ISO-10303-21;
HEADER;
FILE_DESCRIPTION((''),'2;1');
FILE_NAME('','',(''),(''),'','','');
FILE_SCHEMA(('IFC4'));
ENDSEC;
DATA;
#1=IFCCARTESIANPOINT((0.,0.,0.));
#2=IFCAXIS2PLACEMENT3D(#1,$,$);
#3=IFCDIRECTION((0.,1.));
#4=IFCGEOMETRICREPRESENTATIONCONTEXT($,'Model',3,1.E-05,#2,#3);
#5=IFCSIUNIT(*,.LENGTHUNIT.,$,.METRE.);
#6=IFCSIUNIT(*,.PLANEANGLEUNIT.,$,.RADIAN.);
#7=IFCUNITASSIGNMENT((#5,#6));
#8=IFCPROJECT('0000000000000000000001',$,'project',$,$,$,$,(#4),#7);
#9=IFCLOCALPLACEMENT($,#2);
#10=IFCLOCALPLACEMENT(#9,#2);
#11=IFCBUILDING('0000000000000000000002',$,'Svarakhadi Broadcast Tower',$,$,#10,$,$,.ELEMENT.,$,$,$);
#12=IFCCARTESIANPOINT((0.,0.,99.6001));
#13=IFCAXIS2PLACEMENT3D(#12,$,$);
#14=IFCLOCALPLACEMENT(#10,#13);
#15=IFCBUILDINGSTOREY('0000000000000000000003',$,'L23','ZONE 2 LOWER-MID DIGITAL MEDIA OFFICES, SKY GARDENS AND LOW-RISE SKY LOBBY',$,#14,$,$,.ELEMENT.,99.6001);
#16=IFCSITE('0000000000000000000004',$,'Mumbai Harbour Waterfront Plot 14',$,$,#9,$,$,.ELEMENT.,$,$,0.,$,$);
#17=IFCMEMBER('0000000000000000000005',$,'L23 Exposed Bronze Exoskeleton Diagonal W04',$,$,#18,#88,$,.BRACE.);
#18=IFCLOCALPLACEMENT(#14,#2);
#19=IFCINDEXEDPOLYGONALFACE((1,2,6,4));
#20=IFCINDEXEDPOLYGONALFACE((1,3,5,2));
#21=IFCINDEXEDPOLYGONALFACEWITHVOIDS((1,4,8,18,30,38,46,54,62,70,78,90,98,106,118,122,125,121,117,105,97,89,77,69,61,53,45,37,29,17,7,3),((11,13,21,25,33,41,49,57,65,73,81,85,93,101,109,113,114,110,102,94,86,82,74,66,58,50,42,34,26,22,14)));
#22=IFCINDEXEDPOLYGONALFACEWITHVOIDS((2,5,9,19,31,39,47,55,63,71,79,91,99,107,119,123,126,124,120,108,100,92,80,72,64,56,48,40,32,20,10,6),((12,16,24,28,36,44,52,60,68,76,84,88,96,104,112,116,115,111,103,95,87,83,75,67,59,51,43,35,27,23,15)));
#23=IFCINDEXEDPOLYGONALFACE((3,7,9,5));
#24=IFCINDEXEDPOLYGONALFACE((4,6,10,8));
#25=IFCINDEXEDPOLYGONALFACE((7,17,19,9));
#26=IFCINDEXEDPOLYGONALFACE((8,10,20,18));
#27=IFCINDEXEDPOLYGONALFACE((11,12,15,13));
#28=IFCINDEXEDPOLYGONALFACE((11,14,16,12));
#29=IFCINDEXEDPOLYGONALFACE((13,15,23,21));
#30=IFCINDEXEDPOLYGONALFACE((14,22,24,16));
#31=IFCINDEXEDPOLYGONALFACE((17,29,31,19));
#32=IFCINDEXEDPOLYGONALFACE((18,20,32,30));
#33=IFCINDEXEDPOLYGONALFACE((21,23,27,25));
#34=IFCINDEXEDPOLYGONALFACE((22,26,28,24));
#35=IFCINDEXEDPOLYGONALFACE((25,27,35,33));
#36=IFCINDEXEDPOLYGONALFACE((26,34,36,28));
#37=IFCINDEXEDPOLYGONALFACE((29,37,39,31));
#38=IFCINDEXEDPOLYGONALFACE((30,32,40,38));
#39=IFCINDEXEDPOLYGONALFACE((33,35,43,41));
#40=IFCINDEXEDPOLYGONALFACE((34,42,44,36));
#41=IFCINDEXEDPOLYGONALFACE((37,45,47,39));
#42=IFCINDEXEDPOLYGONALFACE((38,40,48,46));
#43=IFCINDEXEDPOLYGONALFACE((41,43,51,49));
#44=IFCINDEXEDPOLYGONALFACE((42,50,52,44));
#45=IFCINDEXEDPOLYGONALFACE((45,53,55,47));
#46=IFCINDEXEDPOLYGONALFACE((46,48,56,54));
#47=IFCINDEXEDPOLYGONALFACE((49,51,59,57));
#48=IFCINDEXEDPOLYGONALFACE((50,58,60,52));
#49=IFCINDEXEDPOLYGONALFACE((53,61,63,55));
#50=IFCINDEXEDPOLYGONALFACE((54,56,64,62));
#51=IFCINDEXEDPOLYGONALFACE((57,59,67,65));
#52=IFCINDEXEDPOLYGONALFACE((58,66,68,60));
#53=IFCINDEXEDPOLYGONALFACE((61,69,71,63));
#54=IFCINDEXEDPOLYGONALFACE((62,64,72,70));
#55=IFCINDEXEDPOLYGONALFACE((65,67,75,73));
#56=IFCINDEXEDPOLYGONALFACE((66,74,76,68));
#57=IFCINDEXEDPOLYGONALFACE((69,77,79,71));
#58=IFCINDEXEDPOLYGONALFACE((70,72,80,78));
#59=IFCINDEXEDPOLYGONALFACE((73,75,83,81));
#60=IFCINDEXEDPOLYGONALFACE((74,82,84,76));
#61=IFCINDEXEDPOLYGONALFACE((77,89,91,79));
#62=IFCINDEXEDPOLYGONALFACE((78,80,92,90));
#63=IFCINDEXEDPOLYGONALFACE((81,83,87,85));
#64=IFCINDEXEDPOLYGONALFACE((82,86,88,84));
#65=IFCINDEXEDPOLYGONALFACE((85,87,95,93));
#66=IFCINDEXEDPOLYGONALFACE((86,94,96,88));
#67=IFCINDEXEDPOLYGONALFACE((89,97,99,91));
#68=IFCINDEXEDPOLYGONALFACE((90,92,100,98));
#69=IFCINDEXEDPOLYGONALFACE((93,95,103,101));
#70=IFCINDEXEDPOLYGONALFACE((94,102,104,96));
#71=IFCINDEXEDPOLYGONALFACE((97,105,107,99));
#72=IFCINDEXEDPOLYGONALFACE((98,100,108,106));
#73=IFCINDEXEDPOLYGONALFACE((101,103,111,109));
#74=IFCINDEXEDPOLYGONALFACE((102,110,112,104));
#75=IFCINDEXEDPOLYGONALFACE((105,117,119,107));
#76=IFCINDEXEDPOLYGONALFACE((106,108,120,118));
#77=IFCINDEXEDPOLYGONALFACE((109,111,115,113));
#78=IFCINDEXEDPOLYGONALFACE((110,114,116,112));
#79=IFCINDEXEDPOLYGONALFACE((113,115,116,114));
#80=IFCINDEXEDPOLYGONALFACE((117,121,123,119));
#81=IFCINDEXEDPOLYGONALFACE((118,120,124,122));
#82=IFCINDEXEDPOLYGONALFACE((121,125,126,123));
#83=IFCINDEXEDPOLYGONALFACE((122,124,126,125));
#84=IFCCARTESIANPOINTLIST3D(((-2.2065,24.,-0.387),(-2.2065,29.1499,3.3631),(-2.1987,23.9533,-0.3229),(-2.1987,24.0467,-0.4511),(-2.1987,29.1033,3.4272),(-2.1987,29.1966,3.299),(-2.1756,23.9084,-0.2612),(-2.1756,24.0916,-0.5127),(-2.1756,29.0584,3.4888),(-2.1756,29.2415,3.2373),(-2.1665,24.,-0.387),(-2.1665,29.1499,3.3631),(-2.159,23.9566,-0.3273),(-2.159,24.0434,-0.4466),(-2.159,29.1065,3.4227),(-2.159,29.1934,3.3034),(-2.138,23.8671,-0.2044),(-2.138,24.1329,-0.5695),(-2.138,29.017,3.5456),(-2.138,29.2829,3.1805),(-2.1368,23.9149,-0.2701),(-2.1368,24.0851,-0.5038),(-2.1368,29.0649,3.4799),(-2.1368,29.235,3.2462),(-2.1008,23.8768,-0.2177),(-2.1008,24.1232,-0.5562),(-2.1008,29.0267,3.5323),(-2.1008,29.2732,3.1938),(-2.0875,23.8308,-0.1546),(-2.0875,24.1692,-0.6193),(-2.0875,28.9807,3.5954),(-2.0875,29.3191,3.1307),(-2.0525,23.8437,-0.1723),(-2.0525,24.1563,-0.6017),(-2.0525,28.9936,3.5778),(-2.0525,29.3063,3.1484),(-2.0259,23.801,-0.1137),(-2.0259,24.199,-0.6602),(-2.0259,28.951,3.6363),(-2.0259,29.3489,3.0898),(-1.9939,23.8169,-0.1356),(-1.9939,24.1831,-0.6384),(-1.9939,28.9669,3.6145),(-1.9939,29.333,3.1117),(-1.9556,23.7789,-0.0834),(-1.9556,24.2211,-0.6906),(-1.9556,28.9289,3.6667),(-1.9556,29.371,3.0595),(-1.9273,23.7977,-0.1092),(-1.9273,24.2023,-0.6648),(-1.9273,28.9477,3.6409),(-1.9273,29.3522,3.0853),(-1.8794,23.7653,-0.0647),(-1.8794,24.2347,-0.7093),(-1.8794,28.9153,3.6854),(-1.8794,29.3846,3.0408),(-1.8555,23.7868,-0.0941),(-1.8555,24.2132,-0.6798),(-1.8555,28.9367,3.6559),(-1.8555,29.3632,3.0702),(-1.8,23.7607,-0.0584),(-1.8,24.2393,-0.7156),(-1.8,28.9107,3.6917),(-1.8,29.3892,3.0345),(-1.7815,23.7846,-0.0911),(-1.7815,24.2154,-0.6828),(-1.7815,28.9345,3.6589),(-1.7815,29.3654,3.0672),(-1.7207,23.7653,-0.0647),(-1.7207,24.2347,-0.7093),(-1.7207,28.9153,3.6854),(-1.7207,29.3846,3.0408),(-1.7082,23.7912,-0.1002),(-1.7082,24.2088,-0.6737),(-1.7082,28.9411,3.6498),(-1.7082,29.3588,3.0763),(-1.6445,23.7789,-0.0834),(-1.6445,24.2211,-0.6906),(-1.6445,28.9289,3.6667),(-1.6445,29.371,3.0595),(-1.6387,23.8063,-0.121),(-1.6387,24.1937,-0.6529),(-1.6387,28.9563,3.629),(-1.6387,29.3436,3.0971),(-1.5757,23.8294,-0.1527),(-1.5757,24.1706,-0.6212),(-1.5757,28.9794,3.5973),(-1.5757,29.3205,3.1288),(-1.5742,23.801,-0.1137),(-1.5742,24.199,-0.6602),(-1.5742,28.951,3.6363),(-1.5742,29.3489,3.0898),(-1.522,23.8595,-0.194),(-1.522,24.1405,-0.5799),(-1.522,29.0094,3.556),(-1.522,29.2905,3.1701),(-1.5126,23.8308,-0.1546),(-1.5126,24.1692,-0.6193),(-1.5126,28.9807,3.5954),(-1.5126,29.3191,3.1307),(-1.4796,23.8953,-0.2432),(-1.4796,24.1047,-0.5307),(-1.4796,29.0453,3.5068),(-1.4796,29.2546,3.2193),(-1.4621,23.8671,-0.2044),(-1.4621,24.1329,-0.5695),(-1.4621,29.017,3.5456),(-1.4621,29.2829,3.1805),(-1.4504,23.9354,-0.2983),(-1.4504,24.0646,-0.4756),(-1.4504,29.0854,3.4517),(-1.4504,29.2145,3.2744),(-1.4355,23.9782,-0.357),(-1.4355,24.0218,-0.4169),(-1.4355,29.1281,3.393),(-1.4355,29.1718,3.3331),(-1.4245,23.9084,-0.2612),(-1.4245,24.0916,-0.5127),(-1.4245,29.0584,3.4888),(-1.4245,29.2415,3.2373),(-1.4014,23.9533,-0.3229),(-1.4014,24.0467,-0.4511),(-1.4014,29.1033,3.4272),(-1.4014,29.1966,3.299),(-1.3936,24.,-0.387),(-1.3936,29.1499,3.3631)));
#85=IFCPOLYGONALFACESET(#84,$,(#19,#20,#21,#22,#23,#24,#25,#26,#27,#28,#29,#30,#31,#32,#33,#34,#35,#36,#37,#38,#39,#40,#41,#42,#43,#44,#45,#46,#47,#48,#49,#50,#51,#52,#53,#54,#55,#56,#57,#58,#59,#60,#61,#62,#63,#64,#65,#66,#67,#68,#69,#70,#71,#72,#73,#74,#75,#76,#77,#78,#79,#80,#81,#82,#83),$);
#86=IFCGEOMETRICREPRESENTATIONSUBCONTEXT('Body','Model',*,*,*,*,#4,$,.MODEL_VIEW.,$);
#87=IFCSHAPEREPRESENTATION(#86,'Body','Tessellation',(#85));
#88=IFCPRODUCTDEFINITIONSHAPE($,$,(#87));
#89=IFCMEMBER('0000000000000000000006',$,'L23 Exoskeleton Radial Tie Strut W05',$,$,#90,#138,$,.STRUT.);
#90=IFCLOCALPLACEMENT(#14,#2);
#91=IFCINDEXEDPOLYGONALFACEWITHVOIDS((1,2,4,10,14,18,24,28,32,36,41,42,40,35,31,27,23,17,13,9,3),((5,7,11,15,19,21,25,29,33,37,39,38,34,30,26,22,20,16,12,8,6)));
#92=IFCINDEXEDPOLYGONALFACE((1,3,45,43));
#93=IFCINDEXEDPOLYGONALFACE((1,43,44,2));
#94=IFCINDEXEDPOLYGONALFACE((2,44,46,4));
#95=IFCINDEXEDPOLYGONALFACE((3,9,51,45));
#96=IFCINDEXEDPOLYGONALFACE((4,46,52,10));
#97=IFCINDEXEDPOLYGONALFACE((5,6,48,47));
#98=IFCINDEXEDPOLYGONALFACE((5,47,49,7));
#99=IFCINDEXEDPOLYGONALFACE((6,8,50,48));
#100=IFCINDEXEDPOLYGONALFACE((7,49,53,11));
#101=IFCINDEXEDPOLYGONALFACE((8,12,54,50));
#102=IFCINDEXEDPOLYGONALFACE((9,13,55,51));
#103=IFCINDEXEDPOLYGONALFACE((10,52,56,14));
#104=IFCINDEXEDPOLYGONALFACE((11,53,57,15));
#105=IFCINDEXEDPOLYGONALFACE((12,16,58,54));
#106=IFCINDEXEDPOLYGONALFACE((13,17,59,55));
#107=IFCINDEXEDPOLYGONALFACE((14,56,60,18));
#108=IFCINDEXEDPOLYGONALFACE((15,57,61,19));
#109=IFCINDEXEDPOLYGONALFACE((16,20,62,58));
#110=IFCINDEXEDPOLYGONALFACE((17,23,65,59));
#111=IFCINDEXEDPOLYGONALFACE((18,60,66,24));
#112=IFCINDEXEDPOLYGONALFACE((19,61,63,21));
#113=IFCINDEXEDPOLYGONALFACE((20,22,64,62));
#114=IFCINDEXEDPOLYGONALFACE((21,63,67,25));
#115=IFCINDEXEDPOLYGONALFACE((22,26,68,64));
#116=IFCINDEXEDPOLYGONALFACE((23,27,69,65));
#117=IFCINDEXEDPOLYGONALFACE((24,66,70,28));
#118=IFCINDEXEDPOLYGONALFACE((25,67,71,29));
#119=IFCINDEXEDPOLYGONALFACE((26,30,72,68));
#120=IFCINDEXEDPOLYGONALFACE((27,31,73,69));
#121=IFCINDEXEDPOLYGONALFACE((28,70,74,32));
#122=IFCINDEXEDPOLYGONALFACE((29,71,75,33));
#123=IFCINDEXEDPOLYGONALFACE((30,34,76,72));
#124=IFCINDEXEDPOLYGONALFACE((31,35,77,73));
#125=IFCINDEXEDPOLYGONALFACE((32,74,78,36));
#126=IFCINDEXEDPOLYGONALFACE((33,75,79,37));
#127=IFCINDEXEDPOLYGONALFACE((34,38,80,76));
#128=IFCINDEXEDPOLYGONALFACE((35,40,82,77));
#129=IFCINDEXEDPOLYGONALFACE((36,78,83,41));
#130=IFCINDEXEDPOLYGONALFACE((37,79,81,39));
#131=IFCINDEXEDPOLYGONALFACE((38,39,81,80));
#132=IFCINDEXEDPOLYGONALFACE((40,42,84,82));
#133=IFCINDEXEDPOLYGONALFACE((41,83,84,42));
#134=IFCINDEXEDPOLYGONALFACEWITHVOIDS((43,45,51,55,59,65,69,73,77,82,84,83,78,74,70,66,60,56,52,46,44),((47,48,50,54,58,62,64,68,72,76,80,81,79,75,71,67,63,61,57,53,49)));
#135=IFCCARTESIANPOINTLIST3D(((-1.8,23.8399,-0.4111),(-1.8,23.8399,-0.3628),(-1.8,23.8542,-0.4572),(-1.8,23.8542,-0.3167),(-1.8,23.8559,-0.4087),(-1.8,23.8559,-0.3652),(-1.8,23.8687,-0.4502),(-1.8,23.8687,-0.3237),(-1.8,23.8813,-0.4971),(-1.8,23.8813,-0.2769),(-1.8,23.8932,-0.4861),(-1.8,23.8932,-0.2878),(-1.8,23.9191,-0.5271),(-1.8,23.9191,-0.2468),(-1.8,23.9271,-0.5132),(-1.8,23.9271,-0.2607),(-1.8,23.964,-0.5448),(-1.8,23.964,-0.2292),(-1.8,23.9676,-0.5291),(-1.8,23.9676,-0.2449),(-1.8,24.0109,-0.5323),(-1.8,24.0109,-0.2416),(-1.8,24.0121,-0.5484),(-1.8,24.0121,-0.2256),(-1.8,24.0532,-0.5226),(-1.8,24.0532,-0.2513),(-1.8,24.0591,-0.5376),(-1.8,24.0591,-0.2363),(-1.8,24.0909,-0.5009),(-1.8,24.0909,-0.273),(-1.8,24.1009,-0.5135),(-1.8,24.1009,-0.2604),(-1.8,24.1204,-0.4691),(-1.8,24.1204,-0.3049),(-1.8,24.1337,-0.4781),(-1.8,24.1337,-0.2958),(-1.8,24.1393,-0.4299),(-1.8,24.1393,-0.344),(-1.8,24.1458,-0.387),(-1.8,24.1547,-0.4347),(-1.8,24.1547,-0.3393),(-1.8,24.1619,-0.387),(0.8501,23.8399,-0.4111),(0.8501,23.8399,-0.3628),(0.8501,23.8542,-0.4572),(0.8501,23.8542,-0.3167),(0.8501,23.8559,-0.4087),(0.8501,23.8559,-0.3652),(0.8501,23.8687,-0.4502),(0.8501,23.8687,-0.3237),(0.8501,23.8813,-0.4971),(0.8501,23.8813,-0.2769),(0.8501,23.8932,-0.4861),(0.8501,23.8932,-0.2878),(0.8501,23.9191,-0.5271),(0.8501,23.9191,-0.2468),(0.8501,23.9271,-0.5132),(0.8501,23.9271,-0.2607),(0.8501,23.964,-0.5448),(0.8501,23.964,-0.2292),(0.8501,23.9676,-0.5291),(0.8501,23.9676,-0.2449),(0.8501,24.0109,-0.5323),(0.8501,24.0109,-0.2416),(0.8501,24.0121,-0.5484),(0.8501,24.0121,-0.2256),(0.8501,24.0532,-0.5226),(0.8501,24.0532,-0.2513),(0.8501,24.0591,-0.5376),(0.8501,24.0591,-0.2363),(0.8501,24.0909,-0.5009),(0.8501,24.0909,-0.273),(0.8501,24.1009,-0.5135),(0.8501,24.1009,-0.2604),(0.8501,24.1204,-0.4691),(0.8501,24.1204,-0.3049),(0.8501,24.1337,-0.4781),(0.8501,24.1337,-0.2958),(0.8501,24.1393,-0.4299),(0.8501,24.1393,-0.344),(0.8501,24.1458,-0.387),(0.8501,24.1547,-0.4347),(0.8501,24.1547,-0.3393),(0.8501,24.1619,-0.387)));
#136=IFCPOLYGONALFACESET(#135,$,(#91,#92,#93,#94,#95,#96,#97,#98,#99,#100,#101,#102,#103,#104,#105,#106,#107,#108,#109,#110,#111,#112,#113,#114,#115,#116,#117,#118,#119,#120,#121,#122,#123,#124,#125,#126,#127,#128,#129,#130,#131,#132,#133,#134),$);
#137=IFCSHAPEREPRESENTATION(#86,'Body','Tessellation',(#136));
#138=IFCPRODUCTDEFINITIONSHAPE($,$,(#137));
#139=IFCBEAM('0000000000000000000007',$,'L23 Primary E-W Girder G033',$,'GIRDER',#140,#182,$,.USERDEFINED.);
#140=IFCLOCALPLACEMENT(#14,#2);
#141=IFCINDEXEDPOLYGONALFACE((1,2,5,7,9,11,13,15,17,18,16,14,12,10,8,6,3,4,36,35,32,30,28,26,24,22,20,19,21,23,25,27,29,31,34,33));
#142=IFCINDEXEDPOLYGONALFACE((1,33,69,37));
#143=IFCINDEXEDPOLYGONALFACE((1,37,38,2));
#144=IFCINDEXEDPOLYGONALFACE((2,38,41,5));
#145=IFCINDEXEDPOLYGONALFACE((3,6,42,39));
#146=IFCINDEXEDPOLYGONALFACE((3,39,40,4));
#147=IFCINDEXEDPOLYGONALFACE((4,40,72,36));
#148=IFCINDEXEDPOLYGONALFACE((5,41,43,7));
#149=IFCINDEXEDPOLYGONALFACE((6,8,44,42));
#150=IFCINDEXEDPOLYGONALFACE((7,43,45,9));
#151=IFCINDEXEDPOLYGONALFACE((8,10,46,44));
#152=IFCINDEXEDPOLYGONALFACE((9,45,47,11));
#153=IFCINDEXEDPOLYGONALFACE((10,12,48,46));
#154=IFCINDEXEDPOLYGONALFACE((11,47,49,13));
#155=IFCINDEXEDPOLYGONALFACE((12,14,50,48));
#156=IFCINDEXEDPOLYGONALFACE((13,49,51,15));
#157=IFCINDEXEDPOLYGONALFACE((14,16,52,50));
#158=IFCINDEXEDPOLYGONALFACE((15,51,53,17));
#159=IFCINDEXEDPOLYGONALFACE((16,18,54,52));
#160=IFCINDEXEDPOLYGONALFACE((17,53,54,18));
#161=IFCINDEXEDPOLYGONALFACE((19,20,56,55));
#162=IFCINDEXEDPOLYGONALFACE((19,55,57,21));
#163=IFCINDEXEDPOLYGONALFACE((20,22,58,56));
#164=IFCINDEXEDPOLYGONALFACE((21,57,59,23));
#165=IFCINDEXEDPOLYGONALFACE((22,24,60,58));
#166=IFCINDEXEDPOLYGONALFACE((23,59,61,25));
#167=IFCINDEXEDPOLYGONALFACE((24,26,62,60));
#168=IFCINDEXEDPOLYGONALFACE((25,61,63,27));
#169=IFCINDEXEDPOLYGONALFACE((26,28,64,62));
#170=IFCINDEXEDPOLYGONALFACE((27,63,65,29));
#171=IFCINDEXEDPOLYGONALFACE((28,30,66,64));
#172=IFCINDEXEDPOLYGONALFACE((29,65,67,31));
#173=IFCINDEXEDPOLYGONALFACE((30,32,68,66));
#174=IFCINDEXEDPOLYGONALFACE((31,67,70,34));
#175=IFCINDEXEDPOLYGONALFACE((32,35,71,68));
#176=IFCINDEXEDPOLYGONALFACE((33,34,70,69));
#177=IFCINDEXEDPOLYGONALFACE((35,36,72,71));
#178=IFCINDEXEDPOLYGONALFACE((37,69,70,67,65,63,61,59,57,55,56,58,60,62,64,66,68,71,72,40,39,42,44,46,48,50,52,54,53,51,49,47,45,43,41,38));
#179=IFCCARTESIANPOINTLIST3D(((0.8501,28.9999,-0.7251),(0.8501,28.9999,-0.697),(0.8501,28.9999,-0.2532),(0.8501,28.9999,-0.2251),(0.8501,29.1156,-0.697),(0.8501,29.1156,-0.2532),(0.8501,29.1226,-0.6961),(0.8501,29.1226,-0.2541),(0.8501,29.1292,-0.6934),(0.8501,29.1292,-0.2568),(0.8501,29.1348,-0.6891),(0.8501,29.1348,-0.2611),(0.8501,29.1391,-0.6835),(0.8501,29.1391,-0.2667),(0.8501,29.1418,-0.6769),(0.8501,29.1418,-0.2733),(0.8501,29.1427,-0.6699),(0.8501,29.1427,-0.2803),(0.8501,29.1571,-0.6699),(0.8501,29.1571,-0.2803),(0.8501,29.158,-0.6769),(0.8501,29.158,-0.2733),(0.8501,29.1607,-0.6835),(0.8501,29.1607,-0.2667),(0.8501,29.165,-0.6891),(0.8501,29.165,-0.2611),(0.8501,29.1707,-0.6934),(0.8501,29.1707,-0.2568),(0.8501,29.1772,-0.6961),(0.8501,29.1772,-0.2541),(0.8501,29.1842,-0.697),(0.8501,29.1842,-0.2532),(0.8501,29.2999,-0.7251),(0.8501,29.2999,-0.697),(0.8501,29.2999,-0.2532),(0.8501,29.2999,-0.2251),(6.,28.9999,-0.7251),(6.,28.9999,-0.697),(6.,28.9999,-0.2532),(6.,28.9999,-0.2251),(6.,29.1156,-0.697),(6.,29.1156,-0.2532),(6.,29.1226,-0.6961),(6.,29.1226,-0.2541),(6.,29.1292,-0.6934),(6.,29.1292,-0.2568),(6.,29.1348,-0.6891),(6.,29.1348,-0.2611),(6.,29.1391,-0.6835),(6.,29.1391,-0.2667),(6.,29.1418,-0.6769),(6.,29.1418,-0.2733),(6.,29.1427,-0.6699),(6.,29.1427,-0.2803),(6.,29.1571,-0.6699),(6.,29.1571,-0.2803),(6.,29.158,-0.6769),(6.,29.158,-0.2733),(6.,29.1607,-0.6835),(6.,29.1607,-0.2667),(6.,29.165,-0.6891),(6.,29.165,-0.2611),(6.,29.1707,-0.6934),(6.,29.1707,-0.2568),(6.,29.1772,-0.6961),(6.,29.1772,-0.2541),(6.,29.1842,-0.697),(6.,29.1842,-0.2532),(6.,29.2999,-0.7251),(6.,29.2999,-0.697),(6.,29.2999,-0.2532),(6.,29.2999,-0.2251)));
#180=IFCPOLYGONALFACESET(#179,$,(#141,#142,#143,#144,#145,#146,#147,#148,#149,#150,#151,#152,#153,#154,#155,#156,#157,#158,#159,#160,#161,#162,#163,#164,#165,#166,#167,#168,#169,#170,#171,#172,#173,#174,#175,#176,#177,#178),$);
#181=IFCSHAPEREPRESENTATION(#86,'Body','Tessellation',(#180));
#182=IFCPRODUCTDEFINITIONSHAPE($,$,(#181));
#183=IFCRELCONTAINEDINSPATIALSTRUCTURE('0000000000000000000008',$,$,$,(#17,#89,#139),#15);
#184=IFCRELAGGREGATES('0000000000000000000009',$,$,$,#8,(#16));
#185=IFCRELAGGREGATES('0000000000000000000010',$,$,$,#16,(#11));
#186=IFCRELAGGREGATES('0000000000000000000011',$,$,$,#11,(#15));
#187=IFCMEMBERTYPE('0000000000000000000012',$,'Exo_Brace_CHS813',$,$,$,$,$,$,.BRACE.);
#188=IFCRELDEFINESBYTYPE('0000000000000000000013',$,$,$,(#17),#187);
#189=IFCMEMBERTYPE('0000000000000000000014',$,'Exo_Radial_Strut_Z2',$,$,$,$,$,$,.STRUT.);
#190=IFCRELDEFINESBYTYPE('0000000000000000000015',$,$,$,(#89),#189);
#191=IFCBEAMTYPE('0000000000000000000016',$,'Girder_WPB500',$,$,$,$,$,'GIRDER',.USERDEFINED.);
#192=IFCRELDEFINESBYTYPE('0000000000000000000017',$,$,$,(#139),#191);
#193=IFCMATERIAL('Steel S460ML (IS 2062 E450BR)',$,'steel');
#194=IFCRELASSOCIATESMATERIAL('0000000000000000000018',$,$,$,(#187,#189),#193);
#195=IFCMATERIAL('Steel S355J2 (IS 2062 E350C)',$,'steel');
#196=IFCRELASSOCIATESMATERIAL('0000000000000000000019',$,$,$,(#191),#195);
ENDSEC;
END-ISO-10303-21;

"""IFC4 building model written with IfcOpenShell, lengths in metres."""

from ifc_helpers import new_model, si_unit, direction, frame, origin, origin_2d, place, context, subcontext, project, spatial, hollow_circle, i_section, extrude, material, material_profile, profile_set, type_object, element, save


model = new_model("IFC4")

# Units and contexts
model_context = context("Model", 3, precision=1e-05, world=origin(), true_north=direction((0.0, 1.0)))
body_context = subcontext(model_context, "Body", "Model", "MODEL_VIEW")
ifc_project = project(units=[si_unit("LENGTHUNIT", "METRE"), si_unit("PLANEANGLEUNIT", "RADIAN")], contexts=[model_context])

# Site, building, storey
site_placement = place(None, origin())
site = spatial("IfcSite", under=ifc_project, at=site_placement, Name="Mumbai Harbour Waterfront Plot 14", CompositionType="ELEMENT", RefElevation=0.0)
building_placement = place(site_placement, origin())
building = spatial("IfcBuilding", under=site, at=building_placement, Name="Svarakhadi Broadcast Tower", CompositionType="ELEMENT")
storey_placement = place(building_placement, frame((0.0, 0.0, 99.6001)))
storey = spatial("IfcBuildingStorey", under=building, at=storey_placement, Name="L23", Description="ZONE 2 LOWER-MID DIGITAL MEDIA OFFICES, SKY GARDENS AND LOW-RISE SKY LOBBY", CompositionType="ELEMENT", Elevation=99.6001)

# Shared definitions
ifc_material_1 = material(Name="Steel S460ML (IS 2062 E450BR)", Category="steel")

# Shared definitions
ifc_material_2 = material(Name="Steel S355J2 (IS 2062 E350C)", Category="steel")

# Members
ifc_material_profile_1 = material_profile(ifc_material_1, hollow_circle(Radius=0.4065, WallThickness=0.04, at=origin_2d()), Name="CHS 813x40")
ifc_profile_set_1 = profile_set([ifc_material_profile_1], Name="Steel S460ML (IS 2062 E450BR)")
member_type_1 = type_object("IfcMemberType", Name="Exo_Brace_CHS813", PredefinedType="BRACE", material=ifc_profile_set_1)
member_1_placement = place(storey_placement, frame((-1.8, 24.0, -0.387), z_axis=(0.0, 0.808391, 0.588646), x_axis=(-1.0, 0.0, 0.0)))
element("IfcMember", 1, at=member_1_placement, inside=storey, type_object=member_type_1, Name="L23 Exposed Bronze Exoskeleton Diagonal W04", PredefinedType="BRACE", context=body_context, shape_type="SweptSolid", body=[
    extrude(hollow_circle(Radius=0.4065, WallThickness=0.04, at=origin_2d()), origin(), (0.0, 0.0, 1.0), 6.3706),
])
ifc_material_profile_2 = material_profile(ifc_material_1, hollow_circle(Radius=0.1619, WallThickness=0.0161, at=origin_2d()), Name="CHS 323.9x16")
ifc_profile_set_2 = profile_set([ifc_material_profile_2], Name="Steel S460ML (IS 2062 E450BR)")
member_type_2 = type_object("IfcMemberType", Name="Exo_Radial_Strut_Z2", PredefinedType="STRUT", material=ifc_profile_set_2)
member_2_placement = place(storey_placement, frame((-1.8, 24.0, -0.387), z_axis=(1.0, 0.0, 0.0), x_axis=(0.0, 1.0, 0.0)))
element("IfcMember", 2, at=member_2_placement, inside=storey, type_object=member_type_2, Name="L23 Exoskeleton Radial Tie Strut W05", PredefinedType="STRUT", context=body_context, shape_type="SweptSolid", body=[
    extrude(hollow_circle(Radius=0.1619, WallThickness=0.0161, at=origin_2d()), origin(), (0.0, 0.0, 1.0), 2.6501),
])

# Beam
ifc_material_profile_3 = material_profile(ifc_material_2, i_section(OverallWidth=0.3, OverallDepth=0.5, WebThickness=0.0144, FlangeThickness=0.0281, FilletRadius=0.0271, at=origin_2d()), Name="WPB 500x300x187")
ifc_profile_set_3 = profile_set([ifc_material_profile_3], Name="Steel S355J2 (IS 2062 E350C)")
beam_type_1 = type_object("IfcBeamType", Name="Girder_WPB500", ElementType="GIRDER", PredefinedType="USERDEFINED", material=ifc_profile_set_3)
for number, where, z_axis, x_axis, name in (
    (3, (0.8501, 29.1499, -0.4751), (1.0, 0.0, 0.0), (0.0, 1.0, 0.0), "L23 Primary E-W Girder G033"),
):
    element("IfcBeam", number, at=place(storey_placement, frame(where, z_axis=z_axis, x_axis=x_axis)), inside=storey, type_object=beam_type_1, Name=name, ObjectType="GIRDER", PredefinedType="USERDEFINED", context=body_context, shape_type="SweptSolid", body=[
        extrude(i_section(OverallWidth=0.3, OverallDepth=0.5, WebThickness=0.0144, FlangeThickness=0.0281, FilletRadius=0.0271, at=origin_2d()), origin(), (0.0, 0.0, 1.0), 5.1499),
    ])

save(model, "model.ifc")
